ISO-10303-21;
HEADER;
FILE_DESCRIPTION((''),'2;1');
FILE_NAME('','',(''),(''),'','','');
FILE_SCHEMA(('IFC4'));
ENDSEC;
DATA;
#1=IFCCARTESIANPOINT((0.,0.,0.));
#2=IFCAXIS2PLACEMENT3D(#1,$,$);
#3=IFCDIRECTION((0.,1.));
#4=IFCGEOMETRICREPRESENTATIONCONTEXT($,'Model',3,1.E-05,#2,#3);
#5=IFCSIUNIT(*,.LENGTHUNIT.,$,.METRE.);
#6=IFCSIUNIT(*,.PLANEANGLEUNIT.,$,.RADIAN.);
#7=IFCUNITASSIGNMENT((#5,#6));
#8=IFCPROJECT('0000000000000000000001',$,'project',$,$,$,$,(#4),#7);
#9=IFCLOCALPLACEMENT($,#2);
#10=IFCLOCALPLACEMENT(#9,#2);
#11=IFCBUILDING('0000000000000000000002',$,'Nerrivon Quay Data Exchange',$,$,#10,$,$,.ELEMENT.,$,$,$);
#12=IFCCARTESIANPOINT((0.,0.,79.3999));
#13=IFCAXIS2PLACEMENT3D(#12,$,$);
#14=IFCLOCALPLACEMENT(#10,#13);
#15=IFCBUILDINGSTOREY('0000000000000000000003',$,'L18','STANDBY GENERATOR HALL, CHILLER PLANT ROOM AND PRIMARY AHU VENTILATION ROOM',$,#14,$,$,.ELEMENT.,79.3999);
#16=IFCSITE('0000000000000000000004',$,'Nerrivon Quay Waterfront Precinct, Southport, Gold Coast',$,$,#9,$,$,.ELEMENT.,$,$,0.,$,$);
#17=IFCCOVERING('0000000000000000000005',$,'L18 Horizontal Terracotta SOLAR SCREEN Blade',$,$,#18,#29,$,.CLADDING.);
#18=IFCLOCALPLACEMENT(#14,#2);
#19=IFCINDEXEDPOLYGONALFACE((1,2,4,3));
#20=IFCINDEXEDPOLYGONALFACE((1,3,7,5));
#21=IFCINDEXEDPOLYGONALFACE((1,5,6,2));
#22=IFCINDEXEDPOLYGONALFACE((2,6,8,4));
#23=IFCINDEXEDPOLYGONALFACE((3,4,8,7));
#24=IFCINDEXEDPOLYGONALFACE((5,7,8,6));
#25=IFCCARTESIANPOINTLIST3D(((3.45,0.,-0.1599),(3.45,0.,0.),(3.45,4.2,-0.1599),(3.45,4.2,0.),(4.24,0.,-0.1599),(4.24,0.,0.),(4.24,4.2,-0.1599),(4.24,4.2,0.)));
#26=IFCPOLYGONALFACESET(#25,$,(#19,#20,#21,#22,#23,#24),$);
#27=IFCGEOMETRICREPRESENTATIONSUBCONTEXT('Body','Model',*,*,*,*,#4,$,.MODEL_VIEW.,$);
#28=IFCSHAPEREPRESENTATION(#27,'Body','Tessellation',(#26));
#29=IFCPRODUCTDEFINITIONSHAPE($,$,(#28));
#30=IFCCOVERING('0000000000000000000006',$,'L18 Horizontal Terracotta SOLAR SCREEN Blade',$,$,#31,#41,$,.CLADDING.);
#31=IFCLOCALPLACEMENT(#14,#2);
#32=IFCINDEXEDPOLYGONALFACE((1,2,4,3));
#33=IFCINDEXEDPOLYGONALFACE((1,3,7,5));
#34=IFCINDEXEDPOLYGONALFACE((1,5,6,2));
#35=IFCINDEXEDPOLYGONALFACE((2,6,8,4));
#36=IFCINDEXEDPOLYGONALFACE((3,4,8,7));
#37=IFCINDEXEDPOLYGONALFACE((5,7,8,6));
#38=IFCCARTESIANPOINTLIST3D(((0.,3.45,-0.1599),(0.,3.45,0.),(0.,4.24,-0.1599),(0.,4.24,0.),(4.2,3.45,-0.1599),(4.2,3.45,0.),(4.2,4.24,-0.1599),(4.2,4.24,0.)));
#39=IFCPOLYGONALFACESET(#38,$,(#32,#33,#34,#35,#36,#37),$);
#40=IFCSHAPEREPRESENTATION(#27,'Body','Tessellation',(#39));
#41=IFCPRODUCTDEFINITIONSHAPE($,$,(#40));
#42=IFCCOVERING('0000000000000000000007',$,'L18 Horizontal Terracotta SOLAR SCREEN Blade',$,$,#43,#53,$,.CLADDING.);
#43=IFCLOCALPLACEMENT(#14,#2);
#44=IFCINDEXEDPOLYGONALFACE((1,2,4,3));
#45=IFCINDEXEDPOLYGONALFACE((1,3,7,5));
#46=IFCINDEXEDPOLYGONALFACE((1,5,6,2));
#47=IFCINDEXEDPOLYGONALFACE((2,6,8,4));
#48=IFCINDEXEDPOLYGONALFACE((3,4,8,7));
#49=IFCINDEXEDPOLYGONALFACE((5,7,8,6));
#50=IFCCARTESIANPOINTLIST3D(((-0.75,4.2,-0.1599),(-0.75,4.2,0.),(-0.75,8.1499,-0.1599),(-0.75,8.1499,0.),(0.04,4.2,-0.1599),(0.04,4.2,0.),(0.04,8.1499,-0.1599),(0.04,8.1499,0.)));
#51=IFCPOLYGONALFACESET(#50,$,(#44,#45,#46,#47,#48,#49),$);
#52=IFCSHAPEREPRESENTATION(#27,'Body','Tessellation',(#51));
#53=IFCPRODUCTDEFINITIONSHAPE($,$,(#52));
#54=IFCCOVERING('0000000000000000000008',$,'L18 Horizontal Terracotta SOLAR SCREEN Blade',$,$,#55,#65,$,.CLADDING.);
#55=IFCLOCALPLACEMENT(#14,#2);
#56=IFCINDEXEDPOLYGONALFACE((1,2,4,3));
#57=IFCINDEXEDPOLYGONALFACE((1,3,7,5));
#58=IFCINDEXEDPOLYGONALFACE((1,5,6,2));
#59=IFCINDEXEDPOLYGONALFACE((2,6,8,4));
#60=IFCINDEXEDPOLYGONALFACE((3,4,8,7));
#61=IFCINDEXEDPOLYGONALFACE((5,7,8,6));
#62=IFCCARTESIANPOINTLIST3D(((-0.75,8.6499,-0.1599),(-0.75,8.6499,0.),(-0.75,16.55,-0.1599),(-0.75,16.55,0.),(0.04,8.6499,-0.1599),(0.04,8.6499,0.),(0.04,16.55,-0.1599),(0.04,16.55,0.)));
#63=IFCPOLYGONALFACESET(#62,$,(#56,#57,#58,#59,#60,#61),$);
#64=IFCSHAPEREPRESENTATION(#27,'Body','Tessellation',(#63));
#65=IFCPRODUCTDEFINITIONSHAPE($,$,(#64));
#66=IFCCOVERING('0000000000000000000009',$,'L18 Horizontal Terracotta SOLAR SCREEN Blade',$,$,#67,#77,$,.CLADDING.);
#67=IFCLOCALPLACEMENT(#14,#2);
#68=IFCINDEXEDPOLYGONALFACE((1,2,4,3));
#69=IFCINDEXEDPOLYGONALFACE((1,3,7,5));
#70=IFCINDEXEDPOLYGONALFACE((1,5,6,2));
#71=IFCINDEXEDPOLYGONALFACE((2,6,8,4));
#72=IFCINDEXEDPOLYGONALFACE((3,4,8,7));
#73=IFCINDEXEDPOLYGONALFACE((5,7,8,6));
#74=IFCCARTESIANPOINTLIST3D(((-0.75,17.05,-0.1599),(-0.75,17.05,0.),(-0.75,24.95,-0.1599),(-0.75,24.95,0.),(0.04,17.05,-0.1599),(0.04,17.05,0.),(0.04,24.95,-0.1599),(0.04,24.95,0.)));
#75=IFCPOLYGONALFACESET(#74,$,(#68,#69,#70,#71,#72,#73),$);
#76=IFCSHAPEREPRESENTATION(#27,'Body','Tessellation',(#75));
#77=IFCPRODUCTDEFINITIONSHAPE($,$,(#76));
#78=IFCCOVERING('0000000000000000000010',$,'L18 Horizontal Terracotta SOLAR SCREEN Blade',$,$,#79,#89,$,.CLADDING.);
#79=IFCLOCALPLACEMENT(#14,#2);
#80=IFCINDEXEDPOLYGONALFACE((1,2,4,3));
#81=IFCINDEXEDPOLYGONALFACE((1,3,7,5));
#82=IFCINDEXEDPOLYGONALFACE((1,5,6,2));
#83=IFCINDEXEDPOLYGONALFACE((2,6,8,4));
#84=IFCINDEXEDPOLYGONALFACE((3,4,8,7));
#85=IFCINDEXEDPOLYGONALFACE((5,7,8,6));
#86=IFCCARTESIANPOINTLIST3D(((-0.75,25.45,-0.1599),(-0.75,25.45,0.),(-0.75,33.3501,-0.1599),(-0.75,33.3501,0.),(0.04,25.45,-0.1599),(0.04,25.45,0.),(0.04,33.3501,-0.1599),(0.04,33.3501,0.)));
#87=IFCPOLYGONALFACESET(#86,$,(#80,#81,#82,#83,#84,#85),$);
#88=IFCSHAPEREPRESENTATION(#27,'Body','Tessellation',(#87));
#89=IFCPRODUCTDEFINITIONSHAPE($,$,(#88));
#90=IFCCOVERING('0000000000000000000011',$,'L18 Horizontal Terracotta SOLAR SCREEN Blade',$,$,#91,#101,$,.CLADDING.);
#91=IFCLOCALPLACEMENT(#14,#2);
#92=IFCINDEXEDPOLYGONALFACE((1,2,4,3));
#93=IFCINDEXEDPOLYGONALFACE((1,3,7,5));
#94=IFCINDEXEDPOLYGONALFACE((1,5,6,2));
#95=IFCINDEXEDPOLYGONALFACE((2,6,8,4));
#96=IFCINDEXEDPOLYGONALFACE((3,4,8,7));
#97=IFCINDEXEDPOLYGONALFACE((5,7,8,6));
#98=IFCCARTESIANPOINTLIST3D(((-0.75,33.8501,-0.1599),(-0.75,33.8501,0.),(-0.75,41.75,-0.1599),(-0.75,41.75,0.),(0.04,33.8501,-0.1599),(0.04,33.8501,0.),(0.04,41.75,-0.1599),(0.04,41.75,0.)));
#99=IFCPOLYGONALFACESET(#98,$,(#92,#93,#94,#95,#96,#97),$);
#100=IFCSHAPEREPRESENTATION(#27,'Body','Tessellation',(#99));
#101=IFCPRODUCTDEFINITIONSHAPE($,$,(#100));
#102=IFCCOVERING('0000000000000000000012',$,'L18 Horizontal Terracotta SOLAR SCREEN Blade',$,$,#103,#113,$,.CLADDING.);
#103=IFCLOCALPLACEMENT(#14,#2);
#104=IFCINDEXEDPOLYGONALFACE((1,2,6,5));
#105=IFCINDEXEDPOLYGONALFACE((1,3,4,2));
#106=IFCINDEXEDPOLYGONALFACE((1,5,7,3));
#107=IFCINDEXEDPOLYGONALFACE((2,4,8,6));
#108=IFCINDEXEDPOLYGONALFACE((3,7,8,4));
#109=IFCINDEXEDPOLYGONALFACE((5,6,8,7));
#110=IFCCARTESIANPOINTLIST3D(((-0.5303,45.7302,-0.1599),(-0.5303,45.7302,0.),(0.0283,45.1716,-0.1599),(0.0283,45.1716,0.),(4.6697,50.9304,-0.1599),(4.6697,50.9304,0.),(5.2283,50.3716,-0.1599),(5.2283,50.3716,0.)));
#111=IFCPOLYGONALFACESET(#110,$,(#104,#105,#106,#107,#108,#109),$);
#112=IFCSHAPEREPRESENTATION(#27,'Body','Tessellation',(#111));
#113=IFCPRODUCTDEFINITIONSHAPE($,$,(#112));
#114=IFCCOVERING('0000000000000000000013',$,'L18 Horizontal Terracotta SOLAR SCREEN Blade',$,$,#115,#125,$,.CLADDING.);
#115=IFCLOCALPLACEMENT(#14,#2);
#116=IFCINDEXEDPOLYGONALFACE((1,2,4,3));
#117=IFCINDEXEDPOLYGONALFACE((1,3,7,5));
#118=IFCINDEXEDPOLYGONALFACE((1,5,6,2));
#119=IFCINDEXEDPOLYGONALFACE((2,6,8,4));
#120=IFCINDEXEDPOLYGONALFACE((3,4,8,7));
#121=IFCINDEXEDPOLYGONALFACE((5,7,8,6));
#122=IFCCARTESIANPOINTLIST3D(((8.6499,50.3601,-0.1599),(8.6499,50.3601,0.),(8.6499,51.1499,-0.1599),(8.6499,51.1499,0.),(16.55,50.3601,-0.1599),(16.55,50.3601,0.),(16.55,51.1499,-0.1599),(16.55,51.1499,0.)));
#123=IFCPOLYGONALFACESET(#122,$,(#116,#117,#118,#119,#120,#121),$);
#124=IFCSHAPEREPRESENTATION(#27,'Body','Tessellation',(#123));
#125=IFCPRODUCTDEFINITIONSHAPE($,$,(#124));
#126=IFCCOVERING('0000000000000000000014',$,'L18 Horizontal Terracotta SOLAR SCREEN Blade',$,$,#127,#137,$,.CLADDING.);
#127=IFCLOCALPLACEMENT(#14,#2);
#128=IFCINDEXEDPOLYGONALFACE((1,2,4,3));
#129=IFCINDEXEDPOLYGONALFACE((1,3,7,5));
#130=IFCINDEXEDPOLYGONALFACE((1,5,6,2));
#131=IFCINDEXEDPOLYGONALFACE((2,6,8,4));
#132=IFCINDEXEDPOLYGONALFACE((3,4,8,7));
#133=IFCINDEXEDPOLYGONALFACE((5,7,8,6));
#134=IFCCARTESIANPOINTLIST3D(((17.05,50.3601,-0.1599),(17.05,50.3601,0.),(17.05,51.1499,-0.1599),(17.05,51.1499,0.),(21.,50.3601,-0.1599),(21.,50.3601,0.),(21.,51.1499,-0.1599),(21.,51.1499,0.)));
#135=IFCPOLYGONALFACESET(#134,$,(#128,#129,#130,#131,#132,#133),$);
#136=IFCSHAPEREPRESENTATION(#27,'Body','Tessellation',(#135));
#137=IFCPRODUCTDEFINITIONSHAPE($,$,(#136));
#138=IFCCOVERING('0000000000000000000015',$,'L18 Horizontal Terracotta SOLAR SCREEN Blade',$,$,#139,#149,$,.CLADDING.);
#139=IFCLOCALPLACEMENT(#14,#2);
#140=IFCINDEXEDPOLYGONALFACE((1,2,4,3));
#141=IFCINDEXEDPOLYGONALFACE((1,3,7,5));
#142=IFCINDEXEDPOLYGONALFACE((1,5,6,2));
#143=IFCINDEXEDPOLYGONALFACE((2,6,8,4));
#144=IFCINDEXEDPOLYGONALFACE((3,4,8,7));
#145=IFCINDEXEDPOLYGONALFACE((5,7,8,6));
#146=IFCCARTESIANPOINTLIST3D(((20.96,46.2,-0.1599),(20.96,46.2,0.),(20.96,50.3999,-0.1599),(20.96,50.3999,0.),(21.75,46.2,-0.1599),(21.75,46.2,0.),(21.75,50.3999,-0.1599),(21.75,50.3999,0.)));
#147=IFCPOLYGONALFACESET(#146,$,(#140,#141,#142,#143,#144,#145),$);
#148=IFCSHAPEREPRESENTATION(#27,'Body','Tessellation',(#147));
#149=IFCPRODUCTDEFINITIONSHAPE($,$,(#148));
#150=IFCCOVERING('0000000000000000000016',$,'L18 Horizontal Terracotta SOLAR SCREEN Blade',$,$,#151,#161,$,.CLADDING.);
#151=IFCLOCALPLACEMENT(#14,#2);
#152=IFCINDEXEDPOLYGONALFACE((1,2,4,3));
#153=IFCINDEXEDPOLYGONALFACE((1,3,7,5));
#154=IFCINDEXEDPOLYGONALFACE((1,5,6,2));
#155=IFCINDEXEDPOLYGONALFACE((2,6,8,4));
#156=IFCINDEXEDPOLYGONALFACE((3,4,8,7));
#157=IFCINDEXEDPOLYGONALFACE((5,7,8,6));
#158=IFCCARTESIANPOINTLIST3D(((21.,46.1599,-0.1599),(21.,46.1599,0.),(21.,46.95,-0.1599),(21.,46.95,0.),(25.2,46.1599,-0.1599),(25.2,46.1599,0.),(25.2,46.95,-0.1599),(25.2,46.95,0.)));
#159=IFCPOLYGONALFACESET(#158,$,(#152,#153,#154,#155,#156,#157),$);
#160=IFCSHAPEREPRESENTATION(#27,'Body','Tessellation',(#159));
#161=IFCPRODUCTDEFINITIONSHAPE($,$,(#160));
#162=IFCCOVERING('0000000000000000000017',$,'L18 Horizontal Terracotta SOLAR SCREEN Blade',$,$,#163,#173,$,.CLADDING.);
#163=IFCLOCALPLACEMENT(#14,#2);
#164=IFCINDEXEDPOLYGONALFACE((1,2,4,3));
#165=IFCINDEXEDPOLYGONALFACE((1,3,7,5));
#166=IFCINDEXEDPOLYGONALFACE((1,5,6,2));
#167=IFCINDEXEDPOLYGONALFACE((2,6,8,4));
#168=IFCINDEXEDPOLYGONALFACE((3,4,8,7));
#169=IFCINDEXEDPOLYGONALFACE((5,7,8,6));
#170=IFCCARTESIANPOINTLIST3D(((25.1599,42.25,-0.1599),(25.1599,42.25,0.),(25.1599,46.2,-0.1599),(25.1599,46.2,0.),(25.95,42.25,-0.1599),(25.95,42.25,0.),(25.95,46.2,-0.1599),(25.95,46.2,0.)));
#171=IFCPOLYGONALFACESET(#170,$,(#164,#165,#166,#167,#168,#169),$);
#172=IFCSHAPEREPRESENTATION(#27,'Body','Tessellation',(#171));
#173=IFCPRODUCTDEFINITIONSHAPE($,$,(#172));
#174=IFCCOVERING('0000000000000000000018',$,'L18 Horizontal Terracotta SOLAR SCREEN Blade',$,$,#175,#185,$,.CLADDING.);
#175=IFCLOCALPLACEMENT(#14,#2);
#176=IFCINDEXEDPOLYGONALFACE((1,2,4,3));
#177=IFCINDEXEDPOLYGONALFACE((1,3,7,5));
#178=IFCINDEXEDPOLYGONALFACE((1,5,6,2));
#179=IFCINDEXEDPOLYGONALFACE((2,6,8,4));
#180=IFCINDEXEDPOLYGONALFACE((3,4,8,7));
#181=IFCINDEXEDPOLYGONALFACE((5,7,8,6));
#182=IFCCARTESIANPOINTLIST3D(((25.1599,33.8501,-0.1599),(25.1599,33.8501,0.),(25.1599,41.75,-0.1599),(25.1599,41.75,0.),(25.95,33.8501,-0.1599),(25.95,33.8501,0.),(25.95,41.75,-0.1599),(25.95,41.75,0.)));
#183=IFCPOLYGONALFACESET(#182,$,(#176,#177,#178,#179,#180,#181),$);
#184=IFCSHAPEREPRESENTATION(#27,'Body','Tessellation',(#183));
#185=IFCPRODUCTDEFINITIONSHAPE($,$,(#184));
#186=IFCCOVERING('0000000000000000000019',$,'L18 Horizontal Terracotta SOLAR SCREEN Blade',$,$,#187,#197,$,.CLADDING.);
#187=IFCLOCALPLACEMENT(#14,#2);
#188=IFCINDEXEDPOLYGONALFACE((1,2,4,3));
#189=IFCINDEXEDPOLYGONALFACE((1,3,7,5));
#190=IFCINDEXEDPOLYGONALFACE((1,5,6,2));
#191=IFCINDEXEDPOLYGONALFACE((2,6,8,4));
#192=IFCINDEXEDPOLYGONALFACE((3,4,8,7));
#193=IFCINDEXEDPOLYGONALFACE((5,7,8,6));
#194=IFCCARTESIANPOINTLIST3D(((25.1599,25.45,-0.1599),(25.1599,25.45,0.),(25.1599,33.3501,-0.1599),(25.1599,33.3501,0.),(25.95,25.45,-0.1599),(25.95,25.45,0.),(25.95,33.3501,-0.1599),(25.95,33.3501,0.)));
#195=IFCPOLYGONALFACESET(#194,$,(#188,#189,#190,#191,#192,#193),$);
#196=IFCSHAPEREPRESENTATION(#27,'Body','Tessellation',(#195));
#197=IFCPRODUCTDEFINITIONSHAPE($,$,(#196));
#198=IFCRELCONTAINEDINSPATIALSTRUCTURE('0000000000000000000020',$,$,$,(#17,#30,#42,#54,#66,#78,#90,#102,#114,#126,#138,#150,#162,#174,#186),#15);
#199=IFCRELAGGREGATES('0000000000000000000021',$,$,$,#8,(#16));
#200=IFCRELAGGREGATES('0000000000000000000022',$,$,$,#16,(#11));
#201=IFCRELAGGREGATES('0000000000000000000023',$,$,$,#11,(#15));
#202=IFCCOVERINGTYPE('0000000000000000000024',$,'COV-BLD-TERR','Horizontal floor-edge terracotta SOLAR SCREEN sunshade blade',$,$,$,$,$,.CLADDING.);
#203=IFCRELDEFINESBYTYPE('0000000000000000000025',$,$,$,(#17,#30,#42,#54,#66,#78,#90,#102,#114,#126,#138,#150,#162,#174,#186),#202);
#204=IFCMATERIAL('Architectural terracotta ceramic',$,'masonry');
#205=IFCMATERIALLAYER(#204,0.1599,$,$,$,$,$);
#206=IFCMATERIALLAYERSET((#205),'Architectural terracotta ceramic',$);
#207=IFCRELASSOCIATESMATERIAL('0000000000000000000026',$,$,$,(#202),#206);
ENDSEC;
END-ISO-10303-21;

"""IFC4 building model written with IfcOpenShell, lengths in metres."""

from ifc_helpers import new_model, si_unit, direction, frame, origin, place, context, subcontext, project, spatial, polyline, outline, extrude, material, layer, layer_set, type_object, element, save


model = new_model("IFC4")

# Units and contexts
model_context = context("Model", 3, precision=1e-05, world=origin(), true_north=direction((0.0, 1.0)))
body_context = subcontext(model_context, "Body", "Model", "MODEL_VIEW")
ifc_project = project(units=[si_unit("LENGTHUNIT", "METRE"), si_unit("PLANEANGLEUNIT", "RADIAN")], contexts=[model_context])

# Site, building, storey
site_placement = place(None, origin())
site = spatial("IfcSite", under=ifc_project, at=site_placement, Name="Nerrivon Quay Waterfront Precinct, Southport, Gold Coast", CompositionType="ELEMENT", RefElevation=0.0)
building_placement = place(site_placement, origin())
building = spatial("IfcBuilding", under=site, at=building_placement, Name="Nerrivon Quay Data Exchange", CompositionType="ELEMENT")
storey_placement = place(building_placement, frame((0.0, 0.0, 79.3999)))
storey = spatial("IfcBuildingStorey", under=building, at=storey_placement, Name="L18", Description="STANDBY GENERATOR HALL, CHILLER PLANT ROOM AND PRIMARY AHU VENTILATION ROOM", CompositionType="ELEMENT", Elevation=79.3999)

# Coverings
ifc_material_1 = material(Name="Architectural terracotta ceramic", Category="masonry")
ifc_layer_1 = layer(ifc_material_1, 0.1599)
ifc_layer_set_1 = layer_set([ifc_layer_1], Name="Architectural terracotta ceramic")
covering_type = type_object("IfcCoveringType", Name="COV-BLD-TERR", Description="Horizontal floor-edge terracotta SOLAR SCREEN sunshade blade", PredefinedType="CLADDING", material=ifc_layer_set_1)
covering_1_placement = place(storey_placement, frame((0.0, 0.0, -0.1599)))
element("IfcCovering", 1, at=covering_1_placement, inside=storey, type_object=covering_type, Name="L18 Horizontal Terracotta SOLAR SCREEN Blade", PredefinedType="CLADDING", context=body_context, shape_type="SweptSolid", body=[
    extrude(outline(polyline([(4.24, 0.0), (4.24, 4.2), (3.45, 4.2), (3.45, 0.0), (4.24, 0.0)])), origin(), (0.0, 0.0, 1.0), 0.1599),
])
covering_2_placement = place(storey_placement, frame((0.0, 0.0, -0.1599)))
element("IfcCovering", 2, at=covering_2_placement, inside=storey, type_object=covering_type, Name="L18 Horizontal Terracotta SOLAR SCREEN Blade", PredefinedType="CLADDING", context=body_context, shape_type="SweptSolid", body=[
    extrude(outline(polyline([(4.2, 4.24), (0.0, 4.24), (0.0, 3.45), (4.2, 3.45), (4.2, 4.24)])), origin(), (0.0, 0.0, 1.0), 0.1599),
])
covering_3_placement = place(storey_placement, frame((0.0, 0.0, -0.1599)))
element("IfcCovering", 3, at=covering_3_placement, inside=storey, type_object=covering_type, Name="L18 Horizontal Terracotta SOLAR SCREEN Blade", PredefinedType="CLADDING", context=body_context, shape_type="SweptSolid", body=[
    extrude(outline(polyline([(0.04, 4.2), (0.04, 8.1499), (-0.75, 8.1499), (-0.75, 4.2), (0.04, 4.2)])), origin(), (0.0, 0.0, 1.0), 0.1599),
])
covering_4_placement = place(storey_placement, frame((0.0, 0.0, -0.1599)))
element("IfcCovering", 4, at=covering_4_placement, inside=storey, type_object=covering_type, Name="L18 Horizontal Terracotta SOLAR SCREEN Blade", PredefinedType="CLADDING", context=body_context, shape_type="SweptSolid", body=[
    extrude(outline(polyline([(0.04, 8.6499), (0.04, 16.55), (-0.75, 16.55), (-0.75, 8.6499), (0.04, 8.6499)])), origin(), (0.0, 0.0, 1.0), 0.1599),
])
covering_5_placement = place(storey_placement, frame((0.0, 0.0, -0.1599)))
element("IfcCovering", 5, at=covering_5_placement, inside=storey, type_object=covering_type, Name="L18 Horizontal Terracotta SOLAR SCREEN Blade", PredefinedType="CLADDING", context=body_context, shape_type="SweptSolid", body=[
    extrude(outline(polyline([(0.04, 17.05), (0.04, 24.95), (-0.75, 24.95), (-0.75, 17.05), (0.04, 17.05)])), origin(), (0.0, 0.0, 1.0), 0.1599),
])
covering_6_placement = place(storey_placement, frame((0.0, 0.0, -0.1599)))
element("IfcCovering", 6, at=covering_6_placement, inside=storey, type_object=covering_type, Name="L18 Horizontal Terracotta SOLAR SCREEN Blade", PredefinedType="CLADDING", context=body_context, shape_type="SweptSolid", body=[
    extrude(outline(polyline([(0.04, 25.45), (0.04, 33.3501), (-0.75, 33.3501), (-0.75, 25.45), (0.04, 25.45)])), origin(), (0.0, 0.0, 1.0), 0.1599),
])
covering_7_placement = place(storey_placement, frame((0.0, 0.0, -0.1599)))
element("IfcCovering", 7, at=covering_7_placement, inside=storey, type_object=covering_type, Name="L18 Horizontal Terracotta SOLAR SCREEN Blade", PredefinedType="CLADDING", context=body_context, shape_type="SweptSolid", body=[
    extrude(outline(polyline([(0.04, 33.8501), (0.04, 41.75), (-0.75, 41.75), (-0.75, 33.8501), (0.04, 33.8501)])), origin(), (0.0, 0.0, 1.0), 0.1599),
])
covering_8_placement = place(storey_placement, frame((0.0, 0.0, -0.1599)))
element("IfcCovering", 8, at=covering_8_placement, inside=storey, type_object=covering_type, Name="L18 Horizontal Terracotta SOLAR SCREEN Blade", PredefinedType="CLADDING", context=body_context, shape_type="SweptSolid", body=[
    extrude(outline(polyline([(0.0283, 45.1716), (5.2283, 50.3716), (4.6697, 50.9304), (-0.5303, 45.7302), (0.0283, 45.1716)])), origin(), (0.0, 0.0, 1.0), 0.1599),
])
covering_9_placement = place(storey_placement, frame((0.0, 0.0, -0.1599)))
element("IfcCovering", 9, at=covering_9_placement, inside=storey, type_object=covering_type, Name="L18 Horizontal Terracotta SOLAR SCREEN Blade", PredefinedType="CLADDING", context=body_context, shape_type="SweptSolid", body=[
    extrude(outline(polyline([(8.6499, 50.3601), (16.55, 50.3601), (16.55, 51.1499), (8.6499, 51.1499), (8.6499, 50.3601)])), origin(), (0.0, 0.0, 1.0), 0.1599),
])
covering_10_placement = place(storey_placement, frame((0.0, 0.0, -0.1599)))
element("IfcCovering", 10, at=covering_10_placement, inside=storey, type_object=covering_type, Name="L18 Horizontal Terracotta SOLAR SCREEN Blade", PredefinedType="CLADDING", context=body_context, shape_type="SweptSolid", body=[
    extrude(outline(polyline([(17.05, 50.3601), (21.0, 50.3601), (21.0, 51.1499), (17.05, 51.1499), (17.05, 50.3601)])), origin(), (0.0, 0.0, 1.0), 0.1599),
])
covering_11_placement = place(storey_placement, frame((0.0, 0.0, -0.1599)))
element("IfcCovering", 11, at=covering_11_placement, inside=storey, type_object=covering_type, Name="L18 Horizontal Terracotta SOLAR SCREEN Blade", PredefinedType="CLADDING", context=body_context, shape_type="SweptSolid", body=[
    extrude(outline(polyline([(20.96, 50.3999), (20.96, 46.2), (21.75, 46.2), (21.75, 50.3999), (20.96, 50.3999)])), origin(), (0.0, 0.0, 1.0), 0.1599),
])
covering_12_placement = place(storey_placement, frame((0.0, 0.0, -0.1599)))
element("IfcCovering", 12, at=covering_12_placement, inside=storey, type_object=covering_type, Name="L18 Horizontal Terracotta SOLAR SCREEN Blade", PredefinedType="CLADDING", context=body_context, shape_type="SweptSolid", body=[
    extrude(outline(polyline([(21.0, 46.1599), (25.2, 46.1599), (25.2, 46.95), (21.0, 46.95), (21.0, 46.1599)])), origin(), (0.0, 0.0, 1.0), 0.1599),
])
covering_13_placement = place(storey_placement, frame((0.0, 0.0, -0.1599)))
element("IfcCovering", 13, at=covering_13_placement, inside=storey, type_object=covering_type, Name="L18 Horizontal Terracotta SOLAR SCREEN Blade", PredefinedType="CLADDING", context=body_context, shape_type="SweptSolid", body=[
    extrude(outline(polyline([(25.1599, 46.2), (25.1599, 42.25), (25.95, 42.25), (25.95, 46.2), (25.1599, 46.2)])), origin(), (0.0, 0.0, 1.0), 0.1599),
])
covering_14_placement = place(storey_placement, frame((0.0, 0.0, -0.1599)))
element("IfcCovering", 14, at=covering_14_placement, inside=storey, type_object=covering_type, Name="L18 Horizontal Terracotta SOLAR SCREEN Blade", PredefinedType="CLADDING", context=body_context, shape_type="SweptSolid", body=[
    extrude(outline(polyline([(25.1599, 41.75), (25.1599, 33.8501), (25.95, 33.8501), (25.95, 41.75), (25.1599, 41.75)])), origin(), (0.0, 0.0, 1.0), 0.1599),
])
covering_15_placement = place(storey_placement, frame((0.0, 0.0, -0.1599)))
element("IfcCovering", 15, at=covering_15_placement, inside=storey, type_object=covering_type, Name="L18 Horizontal Terracotta SOLAR SCREEN Blade", PredefinedType="CLADDING", context=body_context, shape_type="SweptSolid", body=[
    extrude(outline(polyline([(25.1599, 33.3501), (25.1599, 25.45), (25.95, 25.45), (25.95, 33.3501), (25.1599, 33.3501)])), origin(), (0.0, 0.0, 1.0), 0.1599),
])

save(model, "model.ifc")
